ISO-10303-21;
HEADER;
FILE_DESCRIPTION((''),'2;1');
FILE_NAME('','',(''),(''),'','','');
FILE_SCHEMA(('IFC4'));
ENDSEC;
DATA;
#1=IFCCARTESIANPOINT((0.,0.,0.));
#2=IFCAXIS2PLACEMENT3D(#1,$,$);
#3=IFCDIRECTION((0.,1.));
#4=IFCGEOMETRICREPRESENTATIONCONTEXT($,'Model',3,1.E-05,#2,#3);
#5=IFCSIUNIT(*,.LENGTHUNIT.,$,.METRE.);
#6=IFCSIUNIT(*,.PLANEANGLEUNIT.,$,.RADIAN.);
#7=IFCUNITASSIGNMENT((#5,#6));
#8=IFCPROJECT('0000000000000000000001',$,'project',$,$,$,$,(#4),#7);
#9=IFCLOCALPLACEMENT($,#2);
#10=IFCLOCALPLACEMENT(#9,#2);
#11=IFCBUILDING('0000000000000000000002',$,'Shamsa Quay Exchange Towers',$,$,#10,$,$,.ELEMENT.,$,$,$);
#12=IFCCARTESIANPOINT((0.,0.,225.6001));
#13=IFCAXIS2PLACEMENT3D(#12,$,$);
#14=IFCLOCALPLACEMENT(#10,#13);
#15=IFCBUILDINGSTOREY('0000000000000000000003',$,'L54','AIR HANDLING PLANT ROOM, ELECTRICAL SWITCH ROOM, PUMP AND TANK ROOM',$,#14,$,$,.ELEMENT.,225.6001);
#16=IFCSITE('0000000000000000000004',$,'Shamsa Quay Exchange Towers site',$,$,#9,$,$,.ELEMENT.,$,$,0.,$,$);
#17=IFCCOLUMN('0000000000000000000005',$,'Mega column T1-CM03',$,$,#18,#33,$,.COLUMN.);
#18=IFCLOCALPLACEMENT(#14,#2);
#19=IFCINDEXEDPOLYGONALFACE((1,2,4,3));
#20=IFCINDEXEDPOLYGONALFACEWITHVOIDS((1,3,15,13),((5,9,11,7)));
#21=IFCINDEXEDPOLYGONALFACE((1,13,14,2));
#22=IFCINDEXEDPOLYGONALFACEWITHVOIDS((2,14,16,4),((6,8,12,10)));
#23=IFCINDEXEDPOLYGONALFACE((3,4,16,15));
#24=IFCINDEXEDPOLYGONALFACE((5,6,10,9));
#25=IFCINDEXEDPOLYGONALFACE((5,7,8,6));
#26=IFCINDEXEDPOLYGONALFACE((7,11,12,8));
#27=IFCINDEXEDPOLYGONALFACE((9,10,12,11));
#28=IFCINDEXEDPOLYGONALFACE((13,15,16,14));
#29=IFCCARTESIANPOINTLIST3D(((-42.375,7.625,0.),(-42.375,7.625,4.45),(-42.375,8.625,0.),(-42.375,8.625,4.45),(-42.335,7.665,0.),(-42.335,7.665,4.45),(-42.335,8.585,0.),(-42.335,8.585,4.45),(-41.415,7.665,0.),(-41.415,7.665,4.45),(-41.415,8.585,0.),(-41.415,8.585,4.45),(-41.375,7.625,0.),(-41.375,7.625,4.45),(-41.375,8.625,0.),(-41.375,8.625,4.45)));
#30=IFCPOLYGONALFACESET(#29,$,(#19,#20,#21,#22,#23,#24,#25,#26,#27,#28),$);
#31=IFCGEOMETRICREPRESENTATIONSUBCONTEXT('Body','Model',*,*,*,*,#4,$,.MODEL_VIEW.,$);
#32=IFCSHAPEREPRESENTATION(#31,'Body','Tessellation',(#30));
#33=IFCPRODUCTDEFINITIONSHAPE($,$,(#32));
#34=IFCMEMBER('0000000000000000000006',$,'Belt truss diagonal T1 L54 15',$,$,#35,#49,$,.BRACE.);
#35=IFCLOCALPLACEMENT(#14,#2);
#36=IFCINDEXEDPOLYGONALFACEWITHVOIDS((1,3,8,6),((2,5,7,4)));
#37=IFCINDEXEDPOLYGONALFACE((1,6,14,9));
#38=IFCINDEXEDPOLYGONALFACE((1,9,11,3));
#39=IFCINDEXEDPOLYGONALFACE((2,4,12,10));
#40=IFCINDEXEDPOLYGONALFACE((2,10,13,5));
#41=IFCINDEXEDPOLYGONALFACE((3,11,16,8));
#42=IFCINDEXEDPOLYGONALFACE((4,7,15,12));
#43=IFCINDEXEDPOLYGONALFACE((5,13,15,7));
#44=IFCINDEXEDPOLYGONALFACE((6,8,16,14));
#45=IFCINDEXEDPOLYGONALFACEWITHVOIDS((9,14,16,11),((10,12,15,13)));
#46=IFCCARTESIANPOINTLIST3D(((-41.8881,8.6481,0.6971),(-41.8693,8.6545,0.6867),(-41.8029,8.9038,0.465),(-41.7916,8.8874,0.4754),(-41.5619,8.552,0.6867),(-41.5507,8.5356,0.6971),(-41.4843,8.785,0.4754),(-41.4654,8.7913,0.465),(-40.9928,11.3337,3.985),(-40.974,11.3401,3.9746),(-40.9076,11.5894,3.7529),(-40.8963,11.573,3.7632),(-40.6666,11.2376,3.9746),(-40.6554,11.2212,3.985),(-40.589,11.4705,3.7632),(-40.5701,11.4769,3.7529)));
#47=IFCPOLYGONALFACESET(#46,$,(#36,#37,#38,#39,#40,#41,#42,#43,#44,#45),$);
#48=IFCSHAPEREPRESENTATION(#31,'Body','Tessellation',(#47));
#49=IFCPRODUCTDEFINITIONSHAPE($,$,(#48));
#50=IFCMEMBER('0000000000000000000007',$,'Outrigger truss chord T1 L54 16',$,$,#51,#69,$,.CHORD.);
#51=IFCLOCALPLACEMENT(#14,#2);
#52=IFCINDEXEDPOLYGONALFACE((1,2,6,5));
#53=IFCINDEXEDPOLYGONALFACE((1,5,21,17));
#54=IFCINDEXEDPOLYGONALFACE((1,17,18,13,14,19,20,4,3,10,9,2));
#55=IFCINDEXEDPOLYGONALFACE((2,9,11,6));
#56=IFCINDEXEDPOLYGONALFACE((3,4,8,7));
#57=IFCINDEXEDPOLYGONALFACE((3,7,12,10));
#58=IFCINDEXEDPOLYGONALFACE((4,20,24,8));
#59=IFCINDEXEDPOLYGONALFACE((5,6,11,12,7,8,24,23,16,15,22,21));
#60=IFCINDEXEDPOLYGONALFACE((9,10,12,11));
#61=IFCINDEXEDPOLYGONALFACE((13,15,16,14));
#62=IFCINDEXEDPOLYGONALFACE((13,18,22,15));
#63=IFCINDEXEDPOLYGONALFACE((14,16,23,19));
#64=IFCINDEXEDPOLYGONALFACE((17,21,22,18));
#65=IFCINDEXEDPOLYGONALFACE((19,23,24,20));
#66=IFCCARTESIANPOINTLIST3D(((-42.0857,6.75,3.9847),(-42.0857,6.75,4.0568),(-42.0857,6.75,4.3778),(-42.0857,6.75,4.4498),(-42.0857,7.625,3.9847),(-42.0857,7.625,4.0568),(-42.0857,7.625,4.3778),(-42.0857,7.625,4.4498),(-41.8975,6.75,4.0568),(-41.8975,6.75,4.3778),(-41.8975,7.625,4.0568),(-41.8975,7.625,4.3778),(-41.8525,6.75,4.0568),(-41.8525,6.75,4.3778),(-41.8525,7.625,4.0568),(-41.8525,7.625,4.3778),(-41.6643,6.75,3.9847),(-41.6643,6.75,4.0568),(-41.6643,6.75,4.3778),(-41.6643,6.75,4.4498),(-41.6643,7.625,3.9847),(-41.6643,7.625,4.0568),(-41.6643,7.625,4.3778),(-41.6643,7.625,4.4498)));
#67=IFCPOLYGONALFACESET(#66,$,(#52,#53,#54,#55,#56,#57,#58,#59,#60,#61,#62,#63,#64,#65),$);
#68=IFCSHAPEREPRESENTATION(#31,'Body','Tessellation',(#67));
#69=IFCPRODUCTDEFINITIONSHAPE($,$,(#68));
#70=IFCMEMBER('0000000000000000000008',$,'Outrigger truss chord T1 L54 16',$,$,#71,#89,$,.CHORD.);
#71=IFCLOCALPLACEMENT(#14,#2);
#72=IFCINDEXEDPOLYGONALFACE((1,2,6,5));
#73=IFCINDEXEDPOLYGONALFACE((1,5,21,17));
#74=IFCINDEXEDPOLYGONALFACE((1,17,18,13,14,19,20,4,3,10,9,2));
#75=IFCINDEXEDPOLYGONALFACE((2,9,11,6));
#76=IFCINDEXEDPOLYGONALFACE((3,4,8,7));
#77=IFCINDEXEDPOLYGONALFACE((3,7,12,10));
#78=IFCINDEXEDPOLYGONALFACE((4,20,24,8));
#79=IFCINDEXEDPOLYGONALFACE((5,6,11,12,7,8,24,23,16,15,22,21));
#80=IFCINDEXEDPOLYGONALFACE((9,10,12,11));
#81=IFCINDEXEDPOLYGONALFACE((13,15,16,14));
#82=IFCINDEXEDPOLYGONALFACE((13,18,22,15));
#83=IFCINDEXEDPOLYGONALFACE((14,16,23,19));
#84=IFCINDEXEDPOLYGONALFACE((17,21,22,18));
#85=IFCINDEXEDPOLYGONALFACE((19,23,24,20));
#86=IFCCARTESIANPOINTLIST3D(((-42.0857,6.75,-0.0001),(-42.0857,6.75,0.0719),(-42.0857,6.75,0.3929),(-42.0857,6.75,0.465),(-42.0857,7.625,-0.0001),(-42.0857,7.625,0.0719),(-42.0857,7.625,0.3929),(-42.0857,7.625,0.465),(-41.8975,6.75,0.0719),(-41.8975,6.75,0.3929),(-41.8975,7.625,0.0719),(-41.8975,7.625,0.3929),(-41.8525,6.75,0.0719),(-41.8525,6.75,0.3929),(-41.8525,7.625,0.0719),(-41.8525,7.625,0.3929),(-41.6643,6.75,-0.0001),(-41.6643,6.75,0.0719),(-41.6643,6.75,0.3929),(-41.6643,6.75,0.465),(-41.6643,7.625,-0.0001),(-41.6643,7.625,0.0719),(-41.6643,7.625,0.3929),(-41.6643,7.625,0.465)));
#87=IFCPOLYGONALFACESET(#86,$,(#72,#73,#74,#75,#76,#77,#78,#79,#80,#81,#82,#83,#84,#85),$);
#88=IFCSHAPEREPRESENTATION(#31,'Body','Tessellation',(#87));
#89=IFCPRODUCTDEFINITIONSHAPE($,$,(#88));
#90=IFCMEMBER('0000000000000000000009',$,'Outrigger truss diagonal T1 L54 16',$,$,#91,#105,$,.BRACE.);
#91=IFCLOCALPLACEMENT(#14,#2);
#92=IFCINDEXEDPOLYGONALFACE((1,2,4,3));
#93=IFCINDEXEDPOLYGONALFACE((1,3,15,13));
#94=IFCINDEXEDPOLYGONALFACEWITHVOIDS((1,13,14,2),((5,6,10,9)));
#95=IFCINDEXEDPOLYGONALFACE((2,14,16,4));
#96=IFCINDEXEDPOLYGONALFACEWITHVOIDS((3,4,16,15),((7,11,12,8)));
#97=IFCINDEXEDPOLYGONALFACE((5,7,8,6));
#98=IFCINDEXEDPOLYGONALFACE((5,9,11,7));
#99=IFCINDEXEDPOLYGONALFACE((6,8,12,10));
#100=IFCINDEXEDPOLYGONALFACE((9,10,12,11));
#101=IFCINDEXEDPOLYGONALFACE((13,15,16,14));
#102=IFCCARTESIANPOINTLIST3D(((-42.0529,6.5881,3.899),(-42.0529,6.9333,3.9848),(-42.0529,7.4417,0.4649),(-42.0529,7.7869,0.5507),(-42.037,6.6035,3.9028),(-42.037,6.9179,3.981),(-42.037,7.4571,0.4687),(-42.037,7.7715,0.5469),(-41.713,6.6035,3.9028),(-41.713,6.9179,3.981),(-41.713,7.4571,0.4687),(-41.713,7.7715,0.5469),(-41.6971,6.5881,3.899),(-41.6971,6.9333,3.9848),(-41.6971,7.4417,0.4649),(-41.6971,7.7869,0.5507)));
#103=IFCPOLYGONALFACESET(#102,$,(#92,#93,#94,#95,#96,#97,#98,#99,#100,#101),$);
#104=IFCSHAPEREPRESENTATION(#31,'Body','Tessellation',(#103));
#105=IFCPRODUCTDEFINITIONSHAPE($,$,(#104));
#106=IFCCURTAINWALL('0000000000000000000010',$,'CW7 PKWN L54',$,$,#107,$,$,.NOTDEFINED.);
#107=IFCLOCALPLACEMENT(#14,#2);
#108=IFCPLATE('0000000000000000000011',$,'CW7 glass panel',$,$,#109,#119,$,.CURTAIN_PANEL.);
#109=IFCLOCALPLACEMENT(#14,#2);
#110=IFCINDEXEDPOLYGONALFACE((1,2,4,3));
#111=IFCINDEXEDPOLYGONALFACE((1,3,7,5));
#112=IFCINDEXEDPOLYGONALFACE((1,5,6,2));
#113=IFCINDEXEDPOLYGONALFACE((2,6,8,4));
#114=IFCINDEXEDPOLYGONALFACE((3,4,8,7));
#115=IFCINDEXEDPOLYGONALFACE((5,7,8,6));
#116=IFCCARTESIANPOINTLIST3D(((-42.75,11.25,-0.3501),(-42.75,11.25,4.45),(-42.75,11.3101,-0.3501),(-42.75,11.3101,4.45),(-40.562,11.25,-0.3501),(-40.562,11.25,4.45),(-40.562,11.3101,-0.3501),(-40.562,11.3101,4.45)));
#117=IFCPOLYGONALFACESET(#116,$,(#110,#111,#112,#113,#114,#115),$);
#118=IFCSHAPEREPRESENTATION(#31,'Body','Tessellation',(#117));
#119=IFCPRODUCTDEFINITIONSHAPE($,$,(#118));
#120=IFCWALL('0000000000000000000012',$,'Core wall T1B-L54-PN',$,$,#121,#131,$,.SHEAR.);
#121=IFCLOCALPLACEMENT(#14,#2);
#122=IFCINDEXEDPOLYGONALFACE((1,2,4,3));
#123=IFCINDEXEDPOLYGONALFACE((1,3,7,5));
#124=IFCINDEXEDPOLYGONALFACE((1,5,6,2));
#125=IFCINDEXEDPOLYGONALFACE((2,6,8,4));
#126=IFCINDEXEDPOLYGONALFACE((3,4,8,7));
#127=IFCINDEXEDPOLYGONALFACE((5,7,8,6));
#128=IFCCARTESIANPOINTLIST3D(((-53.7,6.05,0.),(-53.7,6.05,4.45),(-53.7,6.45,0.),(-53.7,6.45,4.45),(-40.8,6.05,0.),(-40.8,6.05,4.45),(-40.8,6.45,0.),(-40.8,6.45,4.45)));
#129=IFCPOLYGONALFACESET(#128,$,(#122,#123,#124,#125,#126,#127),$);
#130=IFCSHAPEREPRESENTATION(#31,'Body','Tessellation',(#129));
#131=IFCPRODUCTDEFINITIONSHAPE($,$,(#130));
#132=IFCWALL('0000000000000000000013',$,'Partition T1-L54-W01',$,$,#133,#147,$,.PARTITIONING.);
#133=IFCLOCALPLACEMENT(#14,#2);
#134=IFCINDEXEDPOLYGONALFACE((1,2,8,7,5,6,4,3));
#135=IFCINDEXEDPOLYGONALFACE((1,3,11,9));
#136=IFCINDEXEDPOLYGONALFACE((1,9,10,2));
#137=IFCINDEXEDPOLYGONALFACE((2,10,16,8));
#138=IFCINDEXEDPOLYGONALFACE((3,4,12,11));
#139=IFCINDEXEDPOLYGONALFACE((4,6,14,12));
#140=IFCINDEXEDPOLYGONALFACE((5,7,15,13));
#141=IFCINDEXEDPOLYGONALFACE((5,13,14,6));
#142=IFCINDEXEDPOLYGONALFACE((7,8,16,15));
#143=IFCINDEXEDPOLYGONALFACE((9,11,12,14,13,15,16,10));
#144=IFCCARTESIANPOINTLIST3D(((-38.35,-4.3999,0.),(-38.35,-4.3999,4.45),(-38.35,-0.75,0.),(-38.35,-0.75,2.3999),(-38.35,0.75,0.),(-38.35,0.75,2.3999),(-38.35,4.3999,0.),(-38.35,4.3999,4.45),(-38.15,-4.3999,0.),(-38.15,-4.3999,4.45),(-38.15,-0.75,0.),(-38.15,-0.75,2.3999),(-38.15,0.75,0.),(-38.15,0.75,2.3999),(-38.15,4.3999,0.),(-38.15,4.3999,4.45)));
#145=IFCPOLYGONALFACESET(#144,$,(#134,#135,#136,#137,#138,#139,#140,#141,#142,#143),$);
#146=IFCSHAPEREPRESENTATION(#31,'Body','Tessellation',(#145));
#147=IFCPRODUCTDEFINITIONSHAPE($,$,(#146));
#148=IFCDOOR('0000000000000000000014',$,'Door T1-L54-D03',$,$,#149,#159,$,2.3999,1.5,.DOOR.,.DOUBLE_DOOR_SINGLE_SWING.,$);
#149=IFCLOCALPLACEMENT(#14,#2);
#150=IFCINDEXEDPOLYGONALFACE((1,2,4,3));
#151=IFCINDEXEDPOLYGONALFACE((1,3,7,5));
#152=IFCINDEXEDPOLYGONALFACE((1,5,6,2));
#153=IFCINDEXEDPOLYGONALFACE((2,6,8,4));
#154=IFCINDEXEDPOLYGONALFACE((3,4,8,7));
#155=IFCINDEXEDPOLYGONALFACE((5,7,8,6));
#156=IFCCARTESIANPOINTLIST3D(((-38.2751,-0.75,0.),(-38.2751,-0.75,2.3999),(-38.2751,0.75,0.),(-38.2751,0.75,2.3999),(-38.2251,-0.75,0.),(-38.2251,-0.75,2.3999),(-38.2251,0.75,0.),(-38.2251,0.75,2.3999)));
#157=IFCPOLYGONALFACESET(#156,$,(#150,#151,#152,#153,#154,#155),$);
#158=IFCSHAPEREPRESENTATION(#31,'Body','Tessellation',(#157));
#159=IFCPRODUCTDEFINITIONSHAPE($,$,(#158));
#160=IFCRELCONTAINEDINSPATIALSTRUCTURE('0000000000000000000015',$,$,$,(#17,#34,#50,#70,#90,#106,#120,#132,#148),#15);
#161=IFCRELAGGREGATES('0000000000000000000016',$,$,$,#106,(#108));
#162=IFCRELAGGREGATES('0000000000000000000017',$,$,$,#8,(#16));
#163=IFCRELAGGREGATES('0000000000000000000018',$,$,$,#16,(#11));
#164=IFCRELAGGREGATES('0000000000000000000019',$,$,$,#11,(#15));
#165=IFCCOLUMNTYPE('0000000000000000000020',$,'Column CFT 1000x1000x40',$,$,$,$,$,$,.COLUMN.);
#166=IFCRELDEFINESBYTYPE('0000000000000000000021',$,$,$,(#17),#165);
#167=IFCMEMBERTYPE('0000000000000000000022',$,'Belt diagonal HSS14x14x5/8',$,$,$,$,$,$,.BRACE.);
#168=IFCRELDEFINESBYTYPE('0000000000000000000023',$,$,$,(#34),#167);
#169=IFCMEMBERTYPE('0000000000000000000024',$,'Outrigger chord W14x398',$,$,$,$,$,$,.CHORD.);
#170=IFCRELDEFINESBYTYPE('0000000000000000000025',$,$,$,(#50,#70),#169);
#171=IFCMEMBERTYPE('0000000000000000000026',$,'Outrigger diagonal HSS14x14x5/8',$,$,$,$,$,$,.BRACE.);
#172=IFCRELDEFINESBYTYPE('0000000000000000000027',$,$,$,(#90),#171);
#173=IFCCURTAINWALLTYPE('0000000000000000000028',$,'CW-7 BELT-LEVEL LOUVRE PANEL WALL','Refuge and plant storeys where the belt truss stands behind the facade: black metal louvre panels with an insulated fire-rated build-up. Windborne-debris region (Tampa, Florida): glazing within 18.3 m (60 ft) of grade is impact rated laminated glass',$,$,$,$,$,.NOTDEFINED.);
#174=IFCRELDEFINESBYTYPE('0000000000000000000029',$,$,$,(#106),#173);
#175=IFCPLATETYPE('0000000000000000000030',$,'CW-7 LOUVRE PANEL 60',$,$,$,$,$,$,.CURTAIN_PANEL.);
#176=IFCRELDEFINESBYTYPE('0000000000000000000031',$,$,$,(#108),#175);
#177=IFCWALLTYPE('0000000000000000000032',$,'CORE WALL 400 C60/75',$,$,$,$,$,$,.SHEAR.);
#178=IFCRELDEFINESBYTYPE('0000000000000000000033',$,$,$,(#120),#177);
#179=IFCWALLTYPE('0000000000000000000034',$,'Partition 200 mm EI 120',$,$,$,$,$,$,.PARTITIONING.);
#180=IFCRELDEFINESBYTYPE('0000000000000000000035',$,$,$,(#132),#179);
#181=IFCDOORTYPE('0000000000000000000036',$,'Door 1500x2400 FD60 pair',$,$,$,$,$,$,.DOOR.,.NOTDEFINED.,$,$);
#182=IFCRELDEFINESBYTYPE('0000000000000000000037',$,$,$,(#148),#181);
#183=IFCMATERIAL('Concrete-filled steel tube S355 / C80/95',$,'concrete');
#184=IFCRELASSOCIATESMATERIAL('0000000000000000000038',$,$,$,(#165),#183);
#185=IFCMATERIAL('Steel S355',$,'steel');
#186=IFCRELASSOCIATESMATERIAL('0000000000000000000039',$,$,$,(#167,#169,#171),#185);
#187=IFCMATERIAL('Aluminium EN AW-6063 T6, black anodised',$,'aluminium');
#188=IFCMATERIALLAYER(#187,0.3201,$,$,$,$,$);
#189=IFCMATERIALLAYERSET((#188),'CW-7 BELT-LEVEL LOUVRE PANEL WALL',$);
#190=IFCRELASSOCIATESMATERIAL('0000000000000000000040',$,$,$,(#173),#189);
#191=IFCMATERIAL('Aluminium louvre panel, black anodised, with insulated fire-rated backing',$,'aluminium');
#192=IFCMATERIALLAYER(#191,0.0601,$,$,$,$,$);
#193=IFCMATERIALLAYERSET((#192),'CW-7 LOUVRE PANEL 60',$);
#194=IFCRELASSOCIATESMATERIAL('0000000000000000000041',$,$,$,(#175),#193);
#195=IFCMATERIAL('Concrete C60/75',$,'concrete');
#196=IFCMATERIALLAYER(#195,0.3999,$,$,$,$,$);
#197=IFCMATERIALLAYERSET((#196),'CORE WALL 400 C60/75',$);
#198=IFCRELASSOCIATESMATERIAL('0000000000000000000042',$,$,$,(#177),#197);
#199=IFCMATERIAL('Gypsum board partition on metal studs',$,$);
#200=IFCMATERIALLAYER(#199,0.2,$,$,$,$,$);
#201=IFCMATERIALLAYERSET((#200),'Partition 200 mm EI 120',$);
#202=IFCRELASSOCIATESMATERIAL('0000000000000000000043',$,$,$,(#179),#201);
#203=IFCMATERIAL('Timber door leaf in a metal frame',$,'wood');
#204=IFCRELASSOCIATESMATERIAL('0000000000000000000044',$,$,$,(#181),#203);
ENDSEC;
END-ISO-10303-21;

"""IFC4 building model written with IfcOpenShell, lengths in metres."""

from ifc_helpers import new_model, si_unit, direction, frame, frame_2d, origin, origin_2d, place, context, subcontext, project, spatial, rectangle, hollow_rectangle, i_section, extrude, material, layer, layer_set, material_profile, profile_set, type_object, element, fill, aggregate, save


model = new_model("IFC4")

# Units and contexts
model_context = context("Model", 3, precision=1e-05, world=origin(), true_north=direction((0.0, 1.0)))
body_context = subcontext(model_context, "Body", "Model", "MODEL_VIEW")
ifc_project = project(units=[si_unit("LENGTHUNIT", "METRE"), si_unit("PLANEANGLEUNIT", "RADIAN")], contexts=[model_context])

# Site, building, storey
site_placement = place(None, origin())
site = spatial("IfcSite", under=ifc_project, at=site_placement, Name="Shamsa Quay Exchange Towers site", CompositionType="ELEMENT", RefElevation=0.0)
building_placement = place(site_placement, origin())
building = spatial("IfcBuilding", under=site, at=building_placement, Name="Shamsa Quay Exchange Towers", CompositionType="ELEMENT")
storey_placement = place(building_placement, frame((0.0, 0.0, 225.6001)))
storey = spatial("IfcBuildingStorey", under=building, at=storey_placement, Name="L54", Description="AIR HANDLING PLANT ROOM, ELECTRICAL SWITCH ROOM, PUMP AND TANK ROOM", CompositionType="ELEMENT", Elevation=225.6001)

# Column
ifc_material_1 = material(Name="Concrete-filled steel tube S355 / C80/95", Category="concrete")
ifc_material_profile_1 = material_profile(ifc_material_1, hollow_rectangle(XDim=1.0, YDim=1.0, WallThickness=0.04, at=origin_2d()), Name="CFT 1000x1000x40")
ifc_profile_set_1 = profile_set([ifc_material_profile_1], Name="Concrete-filled steel tube S355 / C80/95")
column_type = type_object("IfcColumnType", Name="Column CFT 1000x1000x40", PredefinedType="COLUMN", material=ifc_profile_set_1)
column_placement = place(storey_placement, frame((-41.875, 8.125, 0.0)))
element("IfcColumn", 1, at=column_placement, inside=storey, type_object=column_type, Name="Mega column T1-CM03", PredefinedType="COLUMN", context=body_context, shape_type="SweptSolid", body=[
    extrude(hollow_rectangle(XDim=1.0, YDim=1.0, WallThickness=0.04, at=origin_2d()), origin(), (0.0, 0.0, 1.0), 4.45),
])

# Members
ifc_material_2 = material(Name="Steel S355", Category="steel")
ifc_material_profile_2 = material_profile(ifc_material_2, hollow_rectangle(XDim=0.3557, YDim=0.3557, WallThickness=0.0159, at=origin_2d()), Name="HSS14x14x5/8")
ifc_profile_set_2 = profile_set([ifc_material_profile_2], Name="Steel S355")
member_type_1 = type_object("IfcMemberType", Name="Belt diagonal HSS14x14x5/8", PredefinedType="BRACE", material=ifc_profile_set_2)
member_1_placement = place(storey_placement, frame((-41.6768, 8.7197, 0.5811), z_axis=(0.206348, 0.618987, 0.757809), x_axis=(-0.948675, 0.316254, 0.0)))
element("IfcMember", 2, at=member_1_placement, inside=storey, type_object=member_type_1, Name="Belt truss diagonal T1 L54 15", PredefinedType="BRACE", context=body_context, shape_type="SweptSolid", body=[
    extrude(hollow_rectangle(XDim=0.3557, YDim=0.3557, WallThickness=0.0159, at=origin_2d()), origin(), (0.0, 0.0, 1.0), 4.3386),
])
ifc_material_profile_3 = material_profile(ifc_material_2, i_section(OverallWidth=0.4214, OverallDepth=0.4651, WebThickness=0.0449, FlangeThickness=0.072, at=origin_2d()), Name="W14x398")
ifc_profile_set_3 = profile_set([ifc_material_profile_3], Name="Steel S355")
member_type_2 = type_object("IfcMemberType", Name="Outrigger chord W14x398", PredefinedType="CHORD", material=ifc_profile_set_3)
for number, where, z_axis, x_axis, name in (
    (3, (-41.875, 7.625, 4.2173), (0.0, -1.0, 0.0), (1.0, 0.0, 0.0), "Outrigger truss chord T1 L54 16"),
    (4, (-41.875, 7.625, 0.2324), (0.0, -1.0, 0.0), (1.0, 0.0, 0.0), "Outrigger truss chord T1 L54 16"),
):
    element("IfcMember", number, at=place(storey_placement, frame(where, z_axis=z_axis, x_axis=x_axis)), inside=storey, type_object=member_type_2, Name=name, PredefinedType="CHORD", context=body_context, shape_type="SweptSolid", body=[
        extrude(i_section(OverallWidth=0.4214, OverallDepth=0.4651, WebThickness=0.0449, FlangeThickness=0.072, at=origin_2d()), origin(), (0.0, 0.0, 1.0), 0.875),
    ])
ifc_material_profile_4 = material_profile(ifc_material_2, hollow_rectangle(XDim=0.3557, YDim=0.3557, WallThickness=0.0159, at=origin_2d()), Name="HSS14x14x5/8")
ifc_profile_set_4 = profile_set([ifc_material_profile_4], Name="Steel S355")
member_type_3 = type_object("IfcMemberType", Name="Outrigger diagonal HSS14x14x5/8", PredefinedType="BRACE", material=ifc_profile_set_4)
member_2_placement = place(storey_placement, frame((-41.875, 7.6143, 0.5078), z_axis=(0.0, -0.241204, 0.970474), x_axis=(1.0, 0.0, 0.0)))
element("IfcMember", 5, at=member_2_placement, inside=storey, type_object=member_type_3, Name="Outrigger truss diagonal T1 L54 16", PredefinedType="BRACE", context=body_context, shape_type="SweptSolid", body=[
    extrude(hollow_rectangle(XDim=0.3557, YDim=0.3557, WallThickness=0.0159, at=origin_2d()), origin(), (0.0, 0.0, 1.0), 3.5386),
])

# Curtain wall, plate
ifc_material_3 = material(Name="Aluminium EN AW-6063 T6, black anodised", Category="aluminium")
ifc_layer_1 = layer(ifc_material_3, 0.3201)
ifc_layer_set_1 = layer_set([ifc_layer_1], Name="CW-7 BELT-LEVEL LOUVRE PANEL WALL")
curtain_wall_type = type_object("IfcCurtainWallType", Name="CW-7 BELT-LEVEL LOUVRE PANEL WALL", Description="Refuge and plant storeys where the belt truss stands behind the facade: black metal louvre panels with an insulated fire-rated build-up. Windborne-debris region (Tampa, Florida): glazing within 18.3 m (60 ft) of grade is impact rated laminated glass", PredefinedType="NOTDEFINED", material=ifc_layer_set_1)
curtain_wall_placement = place(storey_placement, origin())
curtain_wall = element("IfcCurtainWall", 6, at=curtain_wall_placement, inside=storey, type_object=curtain_wall_type, Name="CW7 PKWN L54", PredefinedType="NOTDEFINED")
ifc_material_4 = material(Name="Aluminium louvre panel, black anodised, with insulated fire-rated backing", Category="aluminium")
ifc_layer_2 = layer(ifc_material_4, 0.0601)
ifc_layer_set_2 = layer_set([ifc_layer_2], Name="CW-7 LOUVRE PANEL 60")
plate_type = type_object("IfcPlateType", Name="CW-7 LOUVRE PANEL 60", PredefinedType="CURTAIN_PANEL", material=ifc_layer_set_2)
plate_placement = place(storey_placement, frame((-41.656, 11.28, -0.3501), z_axis=(0.0, 0.0, 1.0), x_axis=(-1.0, 0.0, 0.0)))
plate = element("IfcPlate", 7, at=plate_placement, type_object=plate_type, Name="CW7 glass panel", PredefinedType="CURTAIN_PANEL", context=body_context, shape_type="SweptSolid", body=[
    extrude(rectangle(XDim=2.188, YDim=0.0601, at=origin_2d()), origin(), (0.0, 0.0, 1.0), 4.8),
])
aggregate(curtain_wall, [plate])

# Wall
ifc_material_5 = material(Name="Concrete C60/75", Category="concrete")
ifc_layer_3 = layer(ifc_material_5, 0.3999)
ifc_layer_set_3 = layer_set([ifc_layer_3], Name="CORE WALL 400 C60/75")
wall_type_1 = type_object("IfcWallType", Name="CORE WALL 400 C60/75", PredefinedType="SHEAR", material=ifc_layer_set_3)
wall_1_placement = place(storey_placement, frame((-40.8, 6.25, 0.0), z_axis=(0.0, 0.0, 1.0), x_axis=(-1.0, 0.0, 0.0)))
element("IfcWall", 8, at=wall_1_placement, inside=storey, type_object=wall_type_1, Name="Core wall T1B-L54-PN", PredefinedType="SHEAR", context=body_context, shape_type="SweptSolid", body=[
    extrude(rectangle(XDim=12.8999, YDim=0.3999, at=frame_2d((6.45, 0.0))), origin(), (0.0, 0.0, 1.0), 4.45),
])

# Wall, opening, door
ifc_material_6 = material(Name="Gypsum board partition on metal studs")
ifc_layer_4 = layer(ifc_material_6, 0.2)
ifc_layer_set_4 = layer_set([ifc_layer_4], Name="Partition 200 mm EI 120")
wall_type_2 = type_object("IfcWallType", Name="Partition 200 mm EI 120", PredefinedType="PARTITIONING", material=ifc_layer_set_4)
wall_2_placement = place(storey_placement, frame((-38.25, 4.3999, 0.0), z_axis=(0.0, 0.0, 1.0), x_axis=(0.0, -1.0, 0.0)))
wall_2 = element("IfcWall", 9, at=wall_2_placement, inside=storey, type_object=wall_type_2, Name="Partition T1-L54-W01", PredefinedType="PARTITIONING", context=body_context, shape_type="SweptSolid", body=[
    extrude(rectangle(XDim=8.7998, YDim=0.2, at=frame_2d((4.3999, 0.0))), origin(), (0.0, 0.0, 1.0), 4.45),
])
opening_1_placement = place(wall_2_placement, frame((3.6499, 0.0, 0.0)))
opening_1 = element("IfcOpeningElement", 10, at=opening_1_placement, cuts=wall_2, PredefinedType="OPENING", context=body_context, shape_type="SweptSolid", body=[
    extrude(rectangle(XDim=1.5, YDim=2.3999, at=frame_2d((0.75, 1.2))), frame((0.0, 0.1099, 0.0), z_axis=(0.0, -1.0, 0.0), x_axis=(1.0, 0.0, 0.0)), (0.0, 0.0, 1.0), 0.22),
])
ifc_material_7 = material(Name="Timber door leaf in a metal frame", Category="wood")
door_type_1 = type_object("IfcDoorType", Name="Door 1500x2400 FD60 pair", OperationType="NOTDEFINED", PredefinedType="DOOR", material=ifc_material_7)
door_1_placement = place(opening_1_placement, origin())
door_1 = element("IfcDoor", 11, at=door_1_placement, inside=storey, type_object=door_type_1, Name="Door T1-L54-D03", OperationType="DOUBLE_DOOR_SINGLE_SWING", OverallHeight=2.3999, OverallWidth=1.5, PredefinedType="DOOR", context=body_context, shape_type="SweptSolid", body=[
    extrude(rectangle(XDim=1.5, YDim=2.3999, at=frame_2d((0.75, 1.2))), frame((0.0, 0.0249, 0.0), z_axis=(0.0, -1.0, 0.0), x_axis=(1.0, 0.0, 0.0)), (0.0, 0.0, 1.0), 0.05),
])
fill(opening_1, door_1)

save(model, "model.ifc")
